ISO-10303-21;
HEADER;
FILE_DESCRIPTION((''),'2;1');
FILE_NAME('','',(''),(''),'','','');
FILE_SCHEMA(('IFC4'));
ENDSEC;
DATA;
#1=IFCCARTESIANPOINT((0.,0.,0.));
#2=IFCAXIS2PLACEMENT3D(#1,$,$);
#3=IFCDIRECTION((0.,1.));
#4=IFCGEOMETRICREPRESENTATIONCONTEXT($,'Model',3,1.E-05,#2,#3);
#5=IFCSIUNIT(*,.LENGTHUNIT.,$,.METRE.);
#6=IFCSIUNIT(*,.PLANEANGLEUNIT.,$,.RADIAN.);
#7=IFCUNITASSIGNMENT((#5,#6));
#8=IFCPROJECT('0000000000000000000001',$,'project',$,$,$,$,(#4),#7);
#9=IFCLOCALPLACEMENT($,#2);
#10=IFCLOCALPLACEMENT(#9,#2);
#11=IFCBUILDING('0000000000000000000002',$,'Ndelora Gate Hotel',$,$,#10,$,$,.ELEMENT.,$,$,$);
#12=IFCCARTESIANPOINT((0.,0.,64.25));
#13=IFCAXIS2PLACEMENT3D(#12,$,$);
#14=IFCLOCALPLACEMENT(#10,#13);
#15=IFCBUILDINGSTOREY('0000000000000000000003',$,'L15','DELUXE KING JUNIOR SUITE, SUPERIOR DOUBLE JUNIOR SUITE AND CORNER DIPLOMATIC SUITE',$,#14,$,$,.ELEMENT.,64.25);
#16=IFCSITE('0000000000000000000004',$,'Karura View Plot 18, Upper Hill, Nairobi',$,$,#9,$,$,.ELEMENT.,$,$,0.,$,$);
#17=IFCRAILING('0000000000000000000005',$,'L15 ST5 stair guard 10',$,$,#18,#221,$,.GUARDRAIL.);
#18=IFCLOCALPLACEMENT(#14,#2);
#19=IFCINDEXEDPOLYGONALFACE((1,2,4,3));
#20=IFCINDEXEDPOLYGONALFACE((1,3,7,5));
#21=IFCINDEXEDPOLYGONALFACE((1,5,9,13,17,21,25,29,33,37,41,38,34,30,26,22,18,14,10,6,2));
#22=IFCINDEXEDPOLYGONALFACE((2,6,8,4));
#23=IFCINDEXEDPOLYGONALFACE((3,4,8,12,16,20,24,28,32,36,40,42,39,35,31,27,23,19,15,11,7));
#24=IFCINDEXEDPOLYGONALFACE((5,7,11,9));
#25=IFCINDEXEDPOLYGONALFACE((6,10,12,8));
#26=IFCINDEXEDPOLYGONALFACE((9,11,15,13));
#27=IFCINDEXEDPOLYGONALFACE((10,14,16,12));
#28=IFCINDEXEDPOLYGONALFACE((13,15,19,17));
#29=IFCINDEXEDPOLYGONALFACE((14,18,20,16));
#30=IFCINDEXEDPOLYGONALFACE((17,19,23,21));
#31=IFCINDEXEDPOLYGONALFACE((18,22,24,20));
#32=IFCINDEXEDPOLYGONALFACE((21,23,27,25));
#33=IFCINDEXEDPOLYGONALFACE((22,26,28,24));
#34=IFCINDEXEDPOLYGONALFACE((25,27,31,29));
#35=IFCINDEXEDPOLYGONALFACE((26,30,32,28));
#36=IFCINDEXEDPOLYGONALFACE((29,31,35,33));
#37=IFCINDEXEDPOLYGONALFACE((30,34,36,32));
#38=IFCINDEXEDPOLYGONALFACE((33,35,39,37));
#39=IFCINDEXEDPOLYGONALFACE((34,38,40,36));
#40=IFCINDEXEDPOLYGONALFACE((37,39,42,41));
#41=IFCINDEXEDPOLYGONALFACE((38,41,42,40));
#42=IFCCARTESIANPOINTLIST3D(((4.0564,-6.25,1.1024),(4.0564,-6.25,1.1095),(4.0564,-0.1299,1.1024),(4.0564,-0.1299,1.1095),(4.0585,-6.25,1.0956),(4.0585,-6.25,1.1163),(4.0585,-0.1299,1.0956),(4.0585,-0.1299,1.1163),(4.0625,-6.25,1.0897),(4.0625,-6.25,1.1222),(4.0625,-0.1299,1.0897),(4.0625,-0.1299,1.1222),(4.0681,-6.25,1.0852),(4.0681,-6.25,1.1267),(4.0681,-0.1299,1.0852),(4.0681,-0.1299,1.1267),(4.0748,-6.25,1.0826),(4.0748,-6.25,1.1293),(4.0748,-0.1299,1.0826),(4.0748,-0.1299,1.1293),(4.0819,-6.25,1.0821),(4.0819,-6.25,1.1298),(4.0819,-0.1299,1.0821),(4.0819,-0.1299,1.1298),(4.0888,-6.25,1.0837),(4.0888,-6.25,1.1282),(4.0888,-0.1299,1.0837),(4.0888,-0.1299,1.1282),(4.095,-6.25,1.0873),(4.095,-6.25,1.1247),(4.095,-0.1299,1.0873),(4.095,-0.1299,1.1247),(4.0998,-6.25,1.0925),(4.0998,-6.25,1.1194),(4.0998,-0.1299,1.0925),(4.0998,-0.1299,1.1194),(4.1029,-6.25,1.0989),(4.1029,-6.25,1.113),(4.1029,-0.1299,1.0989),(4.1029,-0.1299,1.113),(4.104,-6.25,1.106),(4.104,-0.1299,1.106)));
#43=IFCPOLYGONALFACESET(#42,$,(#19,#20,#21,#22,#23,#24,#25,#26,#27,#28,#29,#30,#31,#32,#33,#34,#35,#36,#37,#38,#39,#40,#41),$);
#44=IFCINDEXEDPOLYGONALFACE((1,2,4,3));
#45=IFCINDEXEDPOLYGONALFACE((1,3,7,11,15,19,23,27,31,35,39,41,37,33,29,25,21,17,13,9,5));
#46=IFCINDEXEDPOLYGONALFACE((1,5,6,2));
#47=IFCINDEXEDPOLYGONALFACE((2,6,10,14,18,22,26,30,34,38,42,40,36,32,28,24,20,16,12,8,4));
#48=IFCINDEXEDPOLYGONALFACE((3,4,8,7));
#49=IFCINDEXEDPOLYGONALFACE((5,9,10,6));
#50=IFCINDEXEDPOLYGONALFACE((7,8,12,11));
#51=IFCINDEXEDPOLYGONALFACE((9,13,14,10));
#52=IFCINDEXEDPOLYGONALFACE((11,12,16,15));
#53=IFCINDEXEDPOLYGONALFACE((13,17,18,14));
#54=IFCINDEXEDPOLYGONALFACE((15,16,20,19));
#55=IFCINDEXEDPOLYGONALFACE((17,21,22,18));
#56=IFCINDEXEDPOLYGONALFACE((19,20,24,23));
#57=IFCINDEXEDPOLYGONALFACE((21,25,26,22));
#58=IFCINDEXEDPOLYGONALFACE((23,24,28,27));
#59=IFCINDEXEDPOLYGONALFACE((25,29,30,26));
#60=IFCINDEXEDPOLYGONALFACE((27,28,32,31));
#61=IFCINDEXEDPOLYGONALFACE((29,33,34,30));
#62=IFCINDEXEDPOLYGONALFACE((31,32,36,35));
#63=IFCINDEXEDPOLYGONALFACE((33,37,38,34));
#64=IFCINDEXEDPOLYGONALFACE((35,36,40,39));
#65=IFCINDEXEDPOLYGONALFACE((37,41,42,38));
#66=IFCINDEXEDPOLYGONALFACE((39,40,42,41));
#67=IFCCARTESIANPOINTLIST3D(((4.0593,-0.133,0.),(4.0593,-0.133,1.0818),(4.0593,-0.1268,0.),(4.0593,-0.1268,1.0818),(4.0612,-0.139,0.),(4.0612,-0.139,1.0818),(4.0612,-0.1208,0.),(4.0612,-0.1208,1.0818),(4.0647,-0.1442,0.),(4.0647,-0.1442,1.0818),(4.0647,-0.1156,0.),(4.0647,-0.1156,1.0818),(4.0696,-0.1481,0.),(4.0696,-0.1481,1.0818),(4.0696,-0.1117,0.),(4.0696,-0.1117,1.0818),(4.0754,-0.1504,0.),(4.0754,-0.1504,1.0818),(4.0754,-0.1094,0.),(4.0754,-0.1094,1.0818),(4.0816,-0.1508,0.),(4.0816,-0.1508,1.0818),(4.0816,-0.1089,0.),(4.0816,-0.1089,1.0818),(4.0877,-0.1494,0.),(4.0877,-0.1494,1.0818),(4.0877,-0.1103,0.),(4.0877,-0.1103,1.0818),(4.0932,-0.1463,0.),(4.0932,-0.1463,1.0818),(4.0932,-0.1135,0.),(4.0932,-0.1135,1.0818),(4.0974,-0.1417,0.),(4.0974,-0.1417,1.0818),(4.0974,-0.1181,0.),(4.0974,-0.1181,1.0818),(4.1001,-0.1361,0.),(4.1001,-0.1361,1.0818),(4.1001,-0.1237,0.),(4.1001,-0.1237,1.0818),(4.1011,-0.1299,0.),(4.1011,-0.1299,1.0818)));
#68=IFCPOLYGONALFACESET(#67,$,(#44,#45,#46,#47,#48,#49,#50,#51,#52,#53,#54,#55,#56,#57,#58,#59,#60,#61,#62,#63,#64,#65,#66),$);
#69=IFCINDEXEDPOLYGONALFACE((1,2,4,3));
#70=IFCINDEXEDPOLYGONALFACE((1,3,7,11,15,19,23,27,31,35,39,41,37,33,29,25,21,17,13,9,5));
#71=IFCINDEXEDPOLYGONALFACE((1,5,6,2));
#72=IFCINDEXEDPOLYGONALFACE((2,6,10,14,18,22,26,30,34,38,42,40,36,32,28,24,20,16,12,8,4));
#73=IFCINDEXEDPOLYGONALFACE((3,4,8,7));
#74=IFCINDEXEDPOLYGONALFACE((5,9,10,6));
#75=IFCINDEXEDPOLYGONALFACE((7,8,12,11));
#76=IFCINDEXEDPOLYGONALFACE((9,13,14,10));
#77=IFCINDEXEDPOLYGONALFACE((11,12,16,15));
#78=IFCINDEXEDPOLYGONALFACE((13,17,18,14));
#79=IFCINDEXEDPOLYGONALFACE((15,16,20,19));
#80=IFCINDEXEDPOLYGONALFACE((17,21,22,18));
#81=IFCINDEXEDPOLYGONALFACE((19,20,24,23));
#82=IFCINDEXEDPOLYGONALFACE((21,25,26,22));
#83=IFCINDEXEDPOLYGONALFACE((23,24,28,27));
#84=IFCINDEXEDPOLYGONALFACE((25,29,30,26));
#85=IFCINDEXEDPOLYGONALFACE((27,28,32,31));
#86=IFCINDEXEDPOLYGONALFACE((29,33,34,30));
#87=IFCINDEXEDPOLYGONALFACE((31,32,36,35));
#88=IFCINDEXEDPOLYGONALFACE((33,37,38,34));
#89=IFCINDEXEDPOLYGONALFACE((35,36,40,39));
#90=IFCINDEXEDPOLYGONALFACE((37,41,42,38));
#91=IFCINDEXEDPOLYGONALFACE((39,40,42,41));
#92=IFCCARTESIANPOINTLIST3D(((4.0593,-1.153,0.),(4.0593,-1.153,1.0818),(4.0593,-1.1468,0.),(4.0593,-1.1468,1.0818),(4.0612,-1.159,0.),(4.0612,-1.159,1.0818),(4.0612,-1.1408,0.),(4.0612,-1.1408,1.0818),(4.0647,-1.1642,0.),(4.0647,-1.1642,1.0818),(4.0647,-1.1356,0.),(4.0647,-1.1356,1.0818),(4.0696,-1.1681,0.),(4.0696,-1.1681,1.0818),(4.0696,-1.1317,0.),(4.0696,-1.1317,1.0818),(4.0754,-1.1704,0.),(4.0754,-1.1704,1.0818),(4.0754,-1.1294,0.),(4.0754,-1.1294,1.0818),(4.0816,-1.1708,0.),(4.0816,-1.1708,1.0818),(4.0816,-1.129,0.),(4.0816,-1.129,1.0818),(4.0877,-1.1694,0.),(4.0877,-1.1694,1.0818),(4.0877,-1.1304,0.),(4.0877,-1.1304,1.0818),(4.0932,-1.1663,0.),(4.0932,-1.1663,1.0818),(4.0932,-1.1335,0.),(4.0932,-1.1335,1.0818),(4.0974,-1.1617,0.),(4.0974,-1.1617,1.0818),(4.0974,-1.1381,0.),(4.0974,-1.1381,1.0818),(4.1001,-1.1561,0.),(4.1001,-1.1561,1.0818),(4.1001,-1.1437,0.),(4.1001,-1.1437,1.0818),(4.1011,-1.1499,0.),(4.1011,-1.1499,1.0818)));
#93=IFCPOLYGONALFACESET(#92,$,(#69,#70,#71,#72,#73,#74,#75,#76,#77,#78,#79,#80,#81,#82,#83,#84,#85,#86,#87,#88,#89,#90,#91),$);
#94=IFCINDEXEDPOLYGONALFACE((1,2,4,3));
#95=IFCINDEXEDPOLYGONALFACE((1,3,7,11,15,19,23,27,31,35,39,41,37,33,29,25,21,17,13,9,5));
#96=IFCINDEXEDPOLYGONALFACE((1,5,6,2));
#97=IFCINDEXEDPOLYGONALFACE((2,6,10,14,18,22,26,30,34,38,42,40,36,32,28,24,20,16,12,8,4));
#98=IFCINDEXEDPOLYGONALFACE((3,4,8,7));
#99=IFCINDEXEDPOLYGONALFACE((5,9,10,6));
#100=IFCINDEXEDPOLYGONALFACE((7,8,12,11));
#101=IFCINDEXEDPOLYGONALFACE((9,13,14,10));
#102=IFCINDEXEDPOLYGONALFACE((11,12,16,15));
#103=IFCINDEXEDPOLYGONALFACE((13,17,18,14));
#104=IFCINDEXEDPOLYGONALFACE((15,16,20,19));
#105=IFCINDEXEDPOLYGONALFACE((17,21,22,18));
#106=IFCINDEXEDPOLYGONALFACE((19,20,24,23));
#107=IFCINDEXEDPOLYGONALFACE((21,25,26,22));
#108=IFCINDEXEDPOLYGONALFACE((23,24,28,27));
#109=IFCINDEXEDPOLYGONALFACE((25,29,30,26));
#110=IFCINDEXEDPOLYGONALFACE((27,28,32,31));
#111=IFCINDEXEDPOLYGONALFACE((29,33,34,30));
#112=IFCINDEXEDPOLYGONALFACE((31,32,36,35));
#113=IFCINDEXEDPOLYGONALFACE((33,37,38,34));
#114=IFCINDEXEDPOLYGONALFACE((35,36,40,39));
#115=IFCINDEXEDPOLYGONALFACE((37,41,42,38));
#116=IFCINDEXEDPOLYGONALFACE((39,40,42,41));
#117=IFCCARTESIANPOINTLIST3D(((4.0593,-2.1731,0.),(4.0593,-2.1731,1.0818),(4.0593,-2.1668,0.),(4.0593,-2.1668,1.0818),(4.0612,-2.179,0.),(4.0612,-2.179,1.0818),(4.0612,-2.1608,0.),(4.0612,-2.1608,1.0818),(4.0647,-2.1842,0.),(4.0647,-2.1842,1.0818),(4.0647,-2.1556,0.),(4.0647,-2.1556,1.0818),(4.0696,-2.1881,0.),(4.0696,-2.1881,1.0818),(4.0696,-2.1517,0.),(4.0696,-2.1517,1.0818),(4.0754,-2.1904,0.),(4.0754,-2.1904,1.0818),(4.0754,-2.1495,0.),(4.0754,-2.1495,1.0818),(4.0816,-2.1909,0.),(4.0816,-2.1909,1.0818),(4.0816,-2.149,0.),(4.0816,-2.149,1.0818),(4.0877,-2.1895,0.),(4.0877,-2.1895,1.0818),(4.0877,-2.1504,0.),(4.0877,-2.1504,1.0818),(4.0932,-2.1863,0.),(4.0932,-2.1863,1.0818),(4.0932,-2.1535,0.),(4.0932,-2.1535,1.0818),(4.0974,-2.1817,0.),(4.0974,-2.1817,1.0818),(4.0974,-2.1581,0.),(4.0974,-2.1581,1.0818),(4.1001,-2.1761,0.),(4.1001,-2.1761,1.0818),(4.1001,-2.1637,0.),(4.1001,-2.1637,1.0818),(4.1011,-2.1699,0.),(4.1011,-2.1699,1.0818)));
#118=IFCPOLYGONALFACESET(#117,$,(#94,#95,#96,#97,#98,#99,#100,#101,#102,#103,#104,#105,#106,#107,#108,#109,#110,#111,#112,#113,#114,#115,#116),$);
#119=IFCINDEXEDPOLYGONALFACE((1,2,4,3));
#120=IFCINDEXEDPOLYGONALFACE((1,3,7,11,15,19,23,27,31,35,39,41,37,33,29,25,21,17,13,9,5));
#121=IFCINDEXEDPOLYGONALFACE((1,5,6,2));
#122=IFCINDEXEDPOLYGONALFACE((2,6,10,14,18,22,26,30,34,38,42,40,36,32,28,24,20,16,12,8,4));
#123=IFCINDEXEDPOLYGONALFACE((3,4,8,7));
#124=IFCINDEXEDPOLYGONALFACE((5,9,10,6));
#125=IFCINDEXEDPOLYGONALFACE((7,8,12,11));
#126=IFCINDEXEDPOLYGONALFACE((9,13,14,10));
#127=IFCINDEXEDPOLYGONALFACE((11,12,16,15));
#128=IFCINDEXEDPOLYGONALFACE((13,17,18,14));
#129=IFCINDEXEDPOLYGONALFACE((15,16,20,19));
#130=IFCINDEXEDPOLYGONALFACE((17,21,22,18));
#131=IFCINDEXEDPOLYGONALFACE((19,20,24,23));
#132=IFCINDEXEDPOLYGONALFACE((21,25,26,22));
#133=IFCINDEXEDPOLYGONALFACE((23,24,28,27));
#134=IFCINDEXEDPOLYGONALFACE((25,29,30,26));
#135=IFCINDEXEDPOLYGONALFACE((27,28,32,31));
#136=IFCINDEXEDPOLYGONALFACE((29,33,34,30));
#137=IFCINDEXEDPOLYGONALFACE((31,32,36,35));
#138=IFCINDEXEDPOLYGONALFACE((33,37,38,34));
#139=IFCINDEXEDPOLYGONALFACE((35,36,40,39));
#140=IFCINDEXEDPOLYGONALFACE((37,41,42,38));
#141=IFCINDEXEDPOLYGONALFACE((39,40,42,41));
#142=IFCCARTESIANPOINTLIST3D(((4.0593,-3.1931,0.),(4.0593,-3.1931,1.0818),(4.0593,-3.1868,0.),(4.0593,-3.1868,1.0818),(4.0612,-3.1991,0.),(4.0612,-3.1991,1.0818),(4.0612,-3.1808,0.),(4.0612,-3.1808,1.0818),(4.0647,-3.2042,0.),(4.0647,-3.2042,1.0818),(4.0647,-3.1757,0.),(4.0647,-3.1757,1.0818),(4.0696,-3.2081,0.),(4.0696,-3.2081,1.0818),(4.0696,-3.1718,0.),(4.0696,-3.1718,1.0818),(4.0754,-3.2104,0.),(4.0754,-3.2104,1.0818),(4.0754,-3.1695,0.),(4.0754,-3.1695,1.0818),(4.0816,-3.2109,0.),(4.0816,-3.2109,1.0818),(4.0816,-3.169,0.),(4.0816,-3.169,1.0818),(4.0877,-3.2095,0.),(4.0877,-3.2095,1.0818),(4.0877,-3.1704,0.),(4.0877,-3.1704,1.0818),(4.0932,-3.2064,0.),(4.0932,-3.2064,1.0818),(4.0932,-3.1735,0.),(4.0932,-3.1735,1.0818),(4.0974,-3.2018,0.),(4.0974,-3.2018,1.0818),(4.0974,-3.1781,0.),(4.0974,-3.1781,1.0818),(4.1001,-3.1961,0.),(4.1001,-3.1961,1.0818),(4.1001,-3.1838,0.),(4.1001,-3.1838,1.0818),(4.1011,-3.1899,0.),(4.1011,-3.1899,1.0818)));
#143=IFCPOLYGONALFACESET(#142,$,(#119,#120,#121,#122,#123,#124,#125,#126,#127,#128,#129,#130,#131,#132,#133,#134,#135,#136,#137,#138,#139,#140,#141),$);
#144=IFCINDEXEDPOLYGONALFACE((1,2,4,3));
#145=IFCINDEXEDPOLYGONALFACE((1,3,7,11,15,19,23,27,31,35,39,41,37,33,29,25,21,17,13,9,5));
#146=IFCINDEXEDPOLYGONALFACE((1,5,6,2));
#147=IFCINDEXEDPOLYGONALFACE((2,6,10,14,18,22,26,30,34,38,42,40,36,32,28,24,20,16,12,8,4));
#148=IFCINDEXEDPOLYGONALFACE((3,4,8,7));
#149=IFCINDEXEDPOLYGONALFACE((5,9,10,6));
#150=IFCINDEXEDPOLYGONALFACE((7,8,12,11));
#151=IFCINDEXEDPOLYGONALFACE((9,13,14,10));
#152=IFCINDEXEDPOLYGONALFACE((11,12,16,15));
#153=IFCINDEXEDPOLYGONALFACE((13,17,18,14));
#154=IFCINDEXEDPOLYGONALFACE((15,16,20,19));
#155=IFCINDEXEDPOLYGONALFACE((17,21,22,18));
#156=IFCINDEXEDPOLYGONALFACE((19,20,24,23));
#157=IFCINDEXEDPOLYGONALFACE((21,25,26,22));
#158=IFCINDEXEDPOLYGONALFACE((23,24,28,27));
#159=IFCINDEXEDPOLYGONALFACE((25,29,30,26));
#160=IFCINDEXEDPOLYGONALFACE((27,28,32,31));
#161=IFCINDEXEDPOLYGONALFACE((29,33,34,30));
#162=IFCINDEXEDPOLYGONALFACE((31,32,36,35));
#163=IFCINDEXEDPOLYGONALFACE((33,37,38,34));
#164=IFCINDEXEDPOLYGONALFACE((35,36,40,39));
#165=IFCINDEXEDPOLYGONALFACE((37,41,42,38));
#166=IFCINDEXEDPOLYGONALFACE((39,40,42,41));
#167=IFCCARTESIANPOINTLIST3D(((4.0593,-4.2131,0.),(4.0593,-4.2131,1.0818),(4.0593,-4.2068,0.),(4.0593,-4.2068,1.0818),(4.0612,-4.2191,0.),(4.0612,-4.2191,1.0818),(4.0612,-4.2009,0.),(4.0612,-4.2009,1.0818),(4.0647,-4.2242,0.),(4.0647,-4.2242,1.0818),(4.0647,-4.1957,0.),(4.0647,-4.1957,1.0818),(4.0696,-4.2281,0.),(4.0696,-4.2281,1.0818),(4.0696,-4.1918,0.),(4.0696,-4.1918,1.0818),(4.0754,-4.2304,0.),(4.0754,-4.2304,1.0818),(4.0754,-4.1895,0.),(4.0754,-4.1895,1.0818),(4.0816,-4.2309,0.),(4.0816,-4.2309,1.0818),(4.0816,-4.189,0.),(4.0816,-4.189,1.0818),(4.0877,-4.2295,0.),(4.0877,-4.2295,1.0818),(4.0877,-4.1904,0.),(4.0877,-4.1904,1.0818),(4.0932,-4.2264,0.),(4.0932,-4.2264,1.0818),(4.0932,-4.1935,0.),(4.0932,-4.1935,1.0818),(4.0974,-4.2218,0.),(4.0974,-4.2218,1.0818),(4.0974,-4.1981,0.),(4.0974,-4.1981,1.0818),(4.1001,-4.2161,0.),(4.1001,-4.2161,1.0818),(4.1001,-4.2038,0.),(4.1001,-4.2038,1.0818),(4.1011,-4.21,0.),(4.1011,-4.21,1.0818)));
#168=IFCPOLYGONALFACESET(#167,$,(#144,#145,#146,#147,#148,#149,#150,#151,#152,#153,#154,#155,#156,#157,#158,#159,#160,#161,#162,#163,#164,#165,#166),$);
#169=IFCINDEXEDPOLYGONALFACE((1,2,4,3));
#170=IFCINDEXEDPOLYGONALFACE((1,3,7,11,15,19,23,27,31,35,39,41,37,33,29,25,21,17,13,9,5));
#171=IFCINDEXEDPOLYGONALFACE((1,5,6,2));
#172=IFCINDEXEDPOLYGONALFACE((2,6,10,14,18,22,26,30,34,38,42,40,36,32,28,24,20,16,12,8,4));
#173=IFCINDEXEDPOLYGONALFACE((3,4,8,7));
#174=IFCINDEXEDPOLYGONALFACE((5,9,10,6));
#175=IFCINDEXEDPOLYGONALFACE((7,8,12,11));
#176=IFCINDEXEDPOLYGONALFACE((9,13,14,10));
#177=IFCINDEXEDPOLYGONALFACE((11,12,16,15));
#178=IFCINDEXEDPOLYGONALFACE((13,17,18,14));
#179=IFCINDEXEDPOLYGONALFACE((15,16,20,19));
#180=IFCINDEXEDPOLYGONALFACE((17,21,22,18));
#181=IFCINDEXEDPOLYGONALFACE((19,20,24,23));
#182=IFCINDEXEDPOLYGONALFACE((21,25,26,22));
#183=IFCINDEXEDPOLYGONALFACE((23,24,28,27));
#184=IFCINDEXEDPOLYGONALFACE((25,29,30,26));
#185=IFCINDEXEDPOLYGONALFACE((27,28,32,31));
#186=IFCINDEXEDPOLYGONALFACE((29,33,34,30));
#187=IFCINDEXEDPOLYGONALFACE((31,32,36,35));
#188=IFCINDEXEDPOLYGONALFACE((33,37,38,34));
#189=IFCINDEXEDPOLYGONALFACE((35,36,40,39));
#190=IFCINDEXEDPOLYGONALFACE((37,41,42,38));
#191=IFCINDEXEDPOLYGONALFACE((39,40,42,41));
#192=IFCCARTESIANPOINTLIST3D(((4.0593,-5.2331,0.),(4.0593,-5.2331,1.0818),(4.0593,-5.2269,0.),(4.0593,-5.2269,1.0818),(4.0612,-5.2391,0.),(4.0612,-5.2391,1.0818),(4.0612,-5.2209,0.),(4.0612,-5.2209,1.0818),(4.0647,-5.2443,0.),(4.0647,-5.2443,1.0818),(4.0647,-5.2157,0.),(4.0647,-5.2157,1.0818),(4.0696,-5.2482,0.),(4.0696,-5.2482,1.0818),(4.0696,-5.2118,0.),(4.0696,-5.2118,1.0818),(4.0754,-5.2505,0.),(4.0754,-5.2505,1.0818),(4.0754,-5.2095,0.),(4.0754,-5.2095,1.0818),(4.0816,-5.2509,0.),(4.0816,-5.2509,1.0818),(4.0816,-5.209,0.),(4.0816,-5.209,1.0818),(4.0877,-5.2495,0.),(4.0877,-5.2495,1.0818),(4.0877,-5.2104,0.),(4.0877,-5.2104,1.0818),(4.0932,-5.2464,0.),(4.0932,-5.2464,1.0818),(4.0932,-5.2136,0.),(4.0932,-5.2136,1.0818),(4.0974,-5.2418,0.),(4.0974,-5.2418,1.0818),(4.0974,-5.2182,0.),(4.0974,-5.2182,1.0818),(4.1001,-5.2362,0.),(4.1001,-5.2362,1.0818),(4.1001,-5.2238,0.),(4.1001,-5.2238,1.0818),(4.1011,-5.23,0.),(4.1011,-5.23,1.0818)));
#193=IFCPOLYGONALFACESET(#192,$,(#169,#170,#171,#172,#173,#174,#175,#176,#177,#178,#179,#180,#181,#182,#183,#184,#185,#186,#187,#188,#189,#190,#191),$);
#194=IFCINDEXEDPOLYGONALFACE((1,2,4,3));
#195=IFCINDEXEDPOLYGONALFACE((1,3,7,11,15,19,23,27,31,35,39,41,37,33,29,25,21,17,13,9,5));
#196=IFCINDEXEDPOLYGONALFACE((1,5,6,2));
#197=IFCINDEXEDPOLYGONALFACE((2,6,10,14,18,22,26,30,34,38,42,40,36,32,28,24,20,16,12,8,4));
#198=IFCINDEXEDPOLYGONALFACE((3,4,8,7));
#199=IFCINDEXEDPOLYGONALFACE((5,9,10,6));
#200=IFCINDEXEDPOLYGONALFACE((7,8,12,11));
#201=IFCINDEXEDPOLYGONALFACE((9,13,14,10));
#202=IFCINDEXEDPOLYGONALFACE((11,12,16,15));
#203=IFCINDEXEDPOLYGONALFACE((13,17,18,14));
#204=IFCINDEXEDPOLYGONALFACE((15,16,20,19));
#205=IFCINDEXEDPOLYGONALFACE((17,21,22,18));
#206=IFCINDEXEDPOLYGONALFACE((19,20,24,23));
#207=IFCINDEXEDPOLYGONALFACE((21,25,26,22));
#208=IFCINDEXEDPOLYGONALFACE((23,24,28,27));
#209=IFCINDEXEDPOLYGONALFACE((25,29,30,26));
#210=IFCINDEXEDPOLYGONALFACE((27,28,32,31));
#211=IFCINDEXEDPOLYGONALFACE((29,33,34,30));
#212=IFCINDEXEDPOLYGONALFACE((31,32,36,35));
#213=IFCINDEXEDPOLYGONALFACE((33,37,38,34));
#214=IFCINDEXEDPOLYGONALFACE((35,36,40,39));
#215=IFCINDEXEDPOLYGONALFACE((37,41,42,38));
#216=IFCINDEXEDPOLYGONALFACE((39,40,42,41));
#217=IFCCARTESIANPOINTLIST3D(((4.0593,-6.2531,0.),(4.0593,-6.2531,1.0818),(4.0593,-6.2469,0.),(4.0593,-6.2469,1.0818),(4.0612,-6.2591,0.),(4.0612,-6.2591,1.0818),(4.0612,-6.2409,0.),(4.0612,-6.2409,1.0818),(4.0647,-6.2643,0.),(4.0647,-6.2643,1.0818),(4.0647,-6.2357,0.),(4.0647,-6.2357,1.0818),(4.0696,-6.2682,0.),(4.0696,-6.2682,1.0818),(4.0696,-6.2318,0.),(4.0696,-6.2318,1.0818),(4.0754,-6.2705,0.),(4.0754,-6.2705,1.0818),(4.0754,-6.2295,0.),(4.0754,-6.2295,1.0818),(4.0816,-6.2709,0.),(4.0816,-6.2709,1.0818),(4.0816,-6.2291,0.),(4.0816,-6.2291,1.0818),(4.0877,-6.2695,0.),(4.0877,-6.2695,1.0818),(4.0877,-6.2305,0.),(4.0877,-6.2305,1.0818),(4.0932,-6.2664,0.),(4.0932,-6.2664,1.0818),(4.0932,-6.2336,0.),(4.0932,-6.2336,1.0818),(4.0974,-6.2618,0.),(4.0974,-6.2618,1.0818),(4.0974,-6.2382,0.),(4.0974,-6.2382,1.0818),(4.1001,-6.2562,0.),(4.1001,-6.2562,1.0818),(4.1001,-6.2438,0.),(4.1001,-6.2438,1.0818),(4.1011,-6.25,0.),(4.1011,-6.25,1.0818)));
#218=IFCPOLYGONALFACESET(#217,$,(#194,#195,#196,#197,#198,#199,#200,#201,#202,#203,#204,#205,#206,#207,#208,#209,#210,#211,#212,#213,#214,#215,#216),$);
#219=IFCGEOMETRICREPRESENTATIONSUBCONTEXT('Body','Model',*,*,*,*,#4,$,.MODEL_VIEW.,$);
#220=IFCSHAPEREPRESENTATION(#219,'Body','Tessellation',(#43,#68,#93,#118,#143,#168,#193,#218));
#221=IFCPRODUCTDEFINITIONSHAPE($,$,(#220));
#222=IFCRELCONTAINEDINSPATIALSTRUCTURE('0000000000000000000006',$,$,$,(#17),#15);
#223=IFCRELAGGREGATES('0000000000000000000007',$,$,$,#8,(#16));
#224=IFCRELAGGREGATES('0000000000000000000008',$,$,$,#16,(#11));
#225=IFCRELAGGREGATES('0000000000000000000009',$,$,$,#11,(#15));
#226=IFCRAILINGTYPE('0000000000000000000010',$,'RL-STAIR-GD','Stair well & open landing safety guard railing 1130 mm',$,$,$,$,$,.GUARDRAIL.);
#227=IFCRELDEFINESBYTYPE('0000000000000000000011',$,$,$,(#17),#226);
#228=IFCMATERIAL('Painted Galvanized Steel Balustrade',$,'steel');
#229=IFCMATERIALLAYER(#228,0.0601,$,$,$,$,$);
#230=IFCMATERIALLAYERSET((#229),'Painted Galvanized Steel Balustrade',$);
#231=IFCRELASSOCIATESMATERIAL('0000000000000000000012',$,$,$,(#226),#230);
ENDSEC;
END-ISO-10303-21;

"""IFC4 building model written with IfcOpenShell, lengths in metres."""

from ifc_helpers import new_model, si_unit, direction, frame, origin, origin_2d, place, context, subcontext, project, spatial, circle, extrude, material, layer, layer_set, type_object, element, save


model = new_model("IFC4")

# Units and contexts
model_context = context("Model", 3, precision=1e-05, world=origin(), true_north=direction((0.0, 1.0)))
body_context = subcontext(model_context, "Body", "Model", "MODEL_VIEW")
ifc_project = project(units=[si_unit("LENGTHUNIT", "METRE"), si_unit("PLANEANGLEUNIT", "RADIAN")], contexts=[model_context])

# Site, building, storey
site_placement = place(None, origin())
site = spatial("IfcSite", under=ifc_project, at=site_placement, Name="Karura View Plot 18, Upper Hill, Nairobi", CompositionType="ELEMENT", RefElevation=0.0)
building_placement = place(site_placement, origin())
building = spatial("IfcBuilding", under=site, at=building_placement, Name="Ndelora Gate Hotel", CompositionType="ELEMENT")
storey_placement = place(building_placement, frame((0.0, 0.0, 64.25)))
storey = spatial("IfcBuildingStorey", under=building, at=storey_placement, Name="L15", Description="DELUXE KING JUNIOR SUITE, SUPERIOR DOUBLE JUNIOR SUITE AND CORNER DIPLOMATIC SUITE", CompositionType="ELEMENT", Elevation=64.25)

# Railing
ifc_material_1 = material(Name="Painted Galvanized Steel Balustrade", Category="steel")
ifc_layer_1 = layer(ifc_material_1, 0.0601)
ifc_layer_set_1 = layer_set([ifc_layer_1], Name="Painted Galvanized Steel Balustrade")
railing_type_1 = type_object("IfcRailingType", Name="RL-STAIR-GD", Description="Stair well & open landing safety guard railing 1130 mm", PredefinedType="GUARDRAIL", material=ifc_layer_set_1)
railing_1_placement = place(storey_placement, frame((4.0801, -0.1299, 0.0)))
element("IfcRailing", 1, at=railing_1_placement, inside=storey, type_object=railing_type_1, Name="L15 ST5 stair guard 10", PredefinedType="GUARDRAIL", context=body_context, shape_type="SweptSolid", body=[
    extrude(circle(Radius=0.0239, at=origin_2d()), frame((0.0, 0.0, 1.106), z_axis=(0.0, -1.0, 0.0), x_axis=(1.0, 0.0, 0.0)), (0.0, 0.0, 1.0), 6.1201),
    extrude(circle(Radius=0.021, at=origin_2d()), origin(), (0.0, 0.0, 1.0), 1.0818),
    extrude(circle(Radius=0.021, at=origin_2d()), frame((0.0, -1.02, 0.0)), (0.0, 0.0, 1.0), 1.0818),
    extrude(circle(Radius=0.021, at=origin_2d()), frame((0.0, -2.04, 0.0)), (0.0, 0.0, 1.0), 1.0818),
    extrude(circle(Radius=0.021, at=origin_2d()), frame((0.0, -3.0601, 0.0)), (0.0, 0.0, 1.0), 1.0818),
    extrude(circle(Radius=0.021, at=origin_2d()), frame((0.0, -4.0801, 0.0)), (0.0, 0.0, 1.0), 1.0818),
    extrude(circle(Radius=0.021, at=origin_2d()), frame((0.0, -5.1001, 0.0)), (0.0, 0.0, 1.0), 1.0818),
    extrude(circle(Radius=0.021, at=origin_2d()), frame((0.0, -6.1201, 0.0)), (0.0, 0.0, 1.0), 1.0818),
])

save(model, "model.ifc")
